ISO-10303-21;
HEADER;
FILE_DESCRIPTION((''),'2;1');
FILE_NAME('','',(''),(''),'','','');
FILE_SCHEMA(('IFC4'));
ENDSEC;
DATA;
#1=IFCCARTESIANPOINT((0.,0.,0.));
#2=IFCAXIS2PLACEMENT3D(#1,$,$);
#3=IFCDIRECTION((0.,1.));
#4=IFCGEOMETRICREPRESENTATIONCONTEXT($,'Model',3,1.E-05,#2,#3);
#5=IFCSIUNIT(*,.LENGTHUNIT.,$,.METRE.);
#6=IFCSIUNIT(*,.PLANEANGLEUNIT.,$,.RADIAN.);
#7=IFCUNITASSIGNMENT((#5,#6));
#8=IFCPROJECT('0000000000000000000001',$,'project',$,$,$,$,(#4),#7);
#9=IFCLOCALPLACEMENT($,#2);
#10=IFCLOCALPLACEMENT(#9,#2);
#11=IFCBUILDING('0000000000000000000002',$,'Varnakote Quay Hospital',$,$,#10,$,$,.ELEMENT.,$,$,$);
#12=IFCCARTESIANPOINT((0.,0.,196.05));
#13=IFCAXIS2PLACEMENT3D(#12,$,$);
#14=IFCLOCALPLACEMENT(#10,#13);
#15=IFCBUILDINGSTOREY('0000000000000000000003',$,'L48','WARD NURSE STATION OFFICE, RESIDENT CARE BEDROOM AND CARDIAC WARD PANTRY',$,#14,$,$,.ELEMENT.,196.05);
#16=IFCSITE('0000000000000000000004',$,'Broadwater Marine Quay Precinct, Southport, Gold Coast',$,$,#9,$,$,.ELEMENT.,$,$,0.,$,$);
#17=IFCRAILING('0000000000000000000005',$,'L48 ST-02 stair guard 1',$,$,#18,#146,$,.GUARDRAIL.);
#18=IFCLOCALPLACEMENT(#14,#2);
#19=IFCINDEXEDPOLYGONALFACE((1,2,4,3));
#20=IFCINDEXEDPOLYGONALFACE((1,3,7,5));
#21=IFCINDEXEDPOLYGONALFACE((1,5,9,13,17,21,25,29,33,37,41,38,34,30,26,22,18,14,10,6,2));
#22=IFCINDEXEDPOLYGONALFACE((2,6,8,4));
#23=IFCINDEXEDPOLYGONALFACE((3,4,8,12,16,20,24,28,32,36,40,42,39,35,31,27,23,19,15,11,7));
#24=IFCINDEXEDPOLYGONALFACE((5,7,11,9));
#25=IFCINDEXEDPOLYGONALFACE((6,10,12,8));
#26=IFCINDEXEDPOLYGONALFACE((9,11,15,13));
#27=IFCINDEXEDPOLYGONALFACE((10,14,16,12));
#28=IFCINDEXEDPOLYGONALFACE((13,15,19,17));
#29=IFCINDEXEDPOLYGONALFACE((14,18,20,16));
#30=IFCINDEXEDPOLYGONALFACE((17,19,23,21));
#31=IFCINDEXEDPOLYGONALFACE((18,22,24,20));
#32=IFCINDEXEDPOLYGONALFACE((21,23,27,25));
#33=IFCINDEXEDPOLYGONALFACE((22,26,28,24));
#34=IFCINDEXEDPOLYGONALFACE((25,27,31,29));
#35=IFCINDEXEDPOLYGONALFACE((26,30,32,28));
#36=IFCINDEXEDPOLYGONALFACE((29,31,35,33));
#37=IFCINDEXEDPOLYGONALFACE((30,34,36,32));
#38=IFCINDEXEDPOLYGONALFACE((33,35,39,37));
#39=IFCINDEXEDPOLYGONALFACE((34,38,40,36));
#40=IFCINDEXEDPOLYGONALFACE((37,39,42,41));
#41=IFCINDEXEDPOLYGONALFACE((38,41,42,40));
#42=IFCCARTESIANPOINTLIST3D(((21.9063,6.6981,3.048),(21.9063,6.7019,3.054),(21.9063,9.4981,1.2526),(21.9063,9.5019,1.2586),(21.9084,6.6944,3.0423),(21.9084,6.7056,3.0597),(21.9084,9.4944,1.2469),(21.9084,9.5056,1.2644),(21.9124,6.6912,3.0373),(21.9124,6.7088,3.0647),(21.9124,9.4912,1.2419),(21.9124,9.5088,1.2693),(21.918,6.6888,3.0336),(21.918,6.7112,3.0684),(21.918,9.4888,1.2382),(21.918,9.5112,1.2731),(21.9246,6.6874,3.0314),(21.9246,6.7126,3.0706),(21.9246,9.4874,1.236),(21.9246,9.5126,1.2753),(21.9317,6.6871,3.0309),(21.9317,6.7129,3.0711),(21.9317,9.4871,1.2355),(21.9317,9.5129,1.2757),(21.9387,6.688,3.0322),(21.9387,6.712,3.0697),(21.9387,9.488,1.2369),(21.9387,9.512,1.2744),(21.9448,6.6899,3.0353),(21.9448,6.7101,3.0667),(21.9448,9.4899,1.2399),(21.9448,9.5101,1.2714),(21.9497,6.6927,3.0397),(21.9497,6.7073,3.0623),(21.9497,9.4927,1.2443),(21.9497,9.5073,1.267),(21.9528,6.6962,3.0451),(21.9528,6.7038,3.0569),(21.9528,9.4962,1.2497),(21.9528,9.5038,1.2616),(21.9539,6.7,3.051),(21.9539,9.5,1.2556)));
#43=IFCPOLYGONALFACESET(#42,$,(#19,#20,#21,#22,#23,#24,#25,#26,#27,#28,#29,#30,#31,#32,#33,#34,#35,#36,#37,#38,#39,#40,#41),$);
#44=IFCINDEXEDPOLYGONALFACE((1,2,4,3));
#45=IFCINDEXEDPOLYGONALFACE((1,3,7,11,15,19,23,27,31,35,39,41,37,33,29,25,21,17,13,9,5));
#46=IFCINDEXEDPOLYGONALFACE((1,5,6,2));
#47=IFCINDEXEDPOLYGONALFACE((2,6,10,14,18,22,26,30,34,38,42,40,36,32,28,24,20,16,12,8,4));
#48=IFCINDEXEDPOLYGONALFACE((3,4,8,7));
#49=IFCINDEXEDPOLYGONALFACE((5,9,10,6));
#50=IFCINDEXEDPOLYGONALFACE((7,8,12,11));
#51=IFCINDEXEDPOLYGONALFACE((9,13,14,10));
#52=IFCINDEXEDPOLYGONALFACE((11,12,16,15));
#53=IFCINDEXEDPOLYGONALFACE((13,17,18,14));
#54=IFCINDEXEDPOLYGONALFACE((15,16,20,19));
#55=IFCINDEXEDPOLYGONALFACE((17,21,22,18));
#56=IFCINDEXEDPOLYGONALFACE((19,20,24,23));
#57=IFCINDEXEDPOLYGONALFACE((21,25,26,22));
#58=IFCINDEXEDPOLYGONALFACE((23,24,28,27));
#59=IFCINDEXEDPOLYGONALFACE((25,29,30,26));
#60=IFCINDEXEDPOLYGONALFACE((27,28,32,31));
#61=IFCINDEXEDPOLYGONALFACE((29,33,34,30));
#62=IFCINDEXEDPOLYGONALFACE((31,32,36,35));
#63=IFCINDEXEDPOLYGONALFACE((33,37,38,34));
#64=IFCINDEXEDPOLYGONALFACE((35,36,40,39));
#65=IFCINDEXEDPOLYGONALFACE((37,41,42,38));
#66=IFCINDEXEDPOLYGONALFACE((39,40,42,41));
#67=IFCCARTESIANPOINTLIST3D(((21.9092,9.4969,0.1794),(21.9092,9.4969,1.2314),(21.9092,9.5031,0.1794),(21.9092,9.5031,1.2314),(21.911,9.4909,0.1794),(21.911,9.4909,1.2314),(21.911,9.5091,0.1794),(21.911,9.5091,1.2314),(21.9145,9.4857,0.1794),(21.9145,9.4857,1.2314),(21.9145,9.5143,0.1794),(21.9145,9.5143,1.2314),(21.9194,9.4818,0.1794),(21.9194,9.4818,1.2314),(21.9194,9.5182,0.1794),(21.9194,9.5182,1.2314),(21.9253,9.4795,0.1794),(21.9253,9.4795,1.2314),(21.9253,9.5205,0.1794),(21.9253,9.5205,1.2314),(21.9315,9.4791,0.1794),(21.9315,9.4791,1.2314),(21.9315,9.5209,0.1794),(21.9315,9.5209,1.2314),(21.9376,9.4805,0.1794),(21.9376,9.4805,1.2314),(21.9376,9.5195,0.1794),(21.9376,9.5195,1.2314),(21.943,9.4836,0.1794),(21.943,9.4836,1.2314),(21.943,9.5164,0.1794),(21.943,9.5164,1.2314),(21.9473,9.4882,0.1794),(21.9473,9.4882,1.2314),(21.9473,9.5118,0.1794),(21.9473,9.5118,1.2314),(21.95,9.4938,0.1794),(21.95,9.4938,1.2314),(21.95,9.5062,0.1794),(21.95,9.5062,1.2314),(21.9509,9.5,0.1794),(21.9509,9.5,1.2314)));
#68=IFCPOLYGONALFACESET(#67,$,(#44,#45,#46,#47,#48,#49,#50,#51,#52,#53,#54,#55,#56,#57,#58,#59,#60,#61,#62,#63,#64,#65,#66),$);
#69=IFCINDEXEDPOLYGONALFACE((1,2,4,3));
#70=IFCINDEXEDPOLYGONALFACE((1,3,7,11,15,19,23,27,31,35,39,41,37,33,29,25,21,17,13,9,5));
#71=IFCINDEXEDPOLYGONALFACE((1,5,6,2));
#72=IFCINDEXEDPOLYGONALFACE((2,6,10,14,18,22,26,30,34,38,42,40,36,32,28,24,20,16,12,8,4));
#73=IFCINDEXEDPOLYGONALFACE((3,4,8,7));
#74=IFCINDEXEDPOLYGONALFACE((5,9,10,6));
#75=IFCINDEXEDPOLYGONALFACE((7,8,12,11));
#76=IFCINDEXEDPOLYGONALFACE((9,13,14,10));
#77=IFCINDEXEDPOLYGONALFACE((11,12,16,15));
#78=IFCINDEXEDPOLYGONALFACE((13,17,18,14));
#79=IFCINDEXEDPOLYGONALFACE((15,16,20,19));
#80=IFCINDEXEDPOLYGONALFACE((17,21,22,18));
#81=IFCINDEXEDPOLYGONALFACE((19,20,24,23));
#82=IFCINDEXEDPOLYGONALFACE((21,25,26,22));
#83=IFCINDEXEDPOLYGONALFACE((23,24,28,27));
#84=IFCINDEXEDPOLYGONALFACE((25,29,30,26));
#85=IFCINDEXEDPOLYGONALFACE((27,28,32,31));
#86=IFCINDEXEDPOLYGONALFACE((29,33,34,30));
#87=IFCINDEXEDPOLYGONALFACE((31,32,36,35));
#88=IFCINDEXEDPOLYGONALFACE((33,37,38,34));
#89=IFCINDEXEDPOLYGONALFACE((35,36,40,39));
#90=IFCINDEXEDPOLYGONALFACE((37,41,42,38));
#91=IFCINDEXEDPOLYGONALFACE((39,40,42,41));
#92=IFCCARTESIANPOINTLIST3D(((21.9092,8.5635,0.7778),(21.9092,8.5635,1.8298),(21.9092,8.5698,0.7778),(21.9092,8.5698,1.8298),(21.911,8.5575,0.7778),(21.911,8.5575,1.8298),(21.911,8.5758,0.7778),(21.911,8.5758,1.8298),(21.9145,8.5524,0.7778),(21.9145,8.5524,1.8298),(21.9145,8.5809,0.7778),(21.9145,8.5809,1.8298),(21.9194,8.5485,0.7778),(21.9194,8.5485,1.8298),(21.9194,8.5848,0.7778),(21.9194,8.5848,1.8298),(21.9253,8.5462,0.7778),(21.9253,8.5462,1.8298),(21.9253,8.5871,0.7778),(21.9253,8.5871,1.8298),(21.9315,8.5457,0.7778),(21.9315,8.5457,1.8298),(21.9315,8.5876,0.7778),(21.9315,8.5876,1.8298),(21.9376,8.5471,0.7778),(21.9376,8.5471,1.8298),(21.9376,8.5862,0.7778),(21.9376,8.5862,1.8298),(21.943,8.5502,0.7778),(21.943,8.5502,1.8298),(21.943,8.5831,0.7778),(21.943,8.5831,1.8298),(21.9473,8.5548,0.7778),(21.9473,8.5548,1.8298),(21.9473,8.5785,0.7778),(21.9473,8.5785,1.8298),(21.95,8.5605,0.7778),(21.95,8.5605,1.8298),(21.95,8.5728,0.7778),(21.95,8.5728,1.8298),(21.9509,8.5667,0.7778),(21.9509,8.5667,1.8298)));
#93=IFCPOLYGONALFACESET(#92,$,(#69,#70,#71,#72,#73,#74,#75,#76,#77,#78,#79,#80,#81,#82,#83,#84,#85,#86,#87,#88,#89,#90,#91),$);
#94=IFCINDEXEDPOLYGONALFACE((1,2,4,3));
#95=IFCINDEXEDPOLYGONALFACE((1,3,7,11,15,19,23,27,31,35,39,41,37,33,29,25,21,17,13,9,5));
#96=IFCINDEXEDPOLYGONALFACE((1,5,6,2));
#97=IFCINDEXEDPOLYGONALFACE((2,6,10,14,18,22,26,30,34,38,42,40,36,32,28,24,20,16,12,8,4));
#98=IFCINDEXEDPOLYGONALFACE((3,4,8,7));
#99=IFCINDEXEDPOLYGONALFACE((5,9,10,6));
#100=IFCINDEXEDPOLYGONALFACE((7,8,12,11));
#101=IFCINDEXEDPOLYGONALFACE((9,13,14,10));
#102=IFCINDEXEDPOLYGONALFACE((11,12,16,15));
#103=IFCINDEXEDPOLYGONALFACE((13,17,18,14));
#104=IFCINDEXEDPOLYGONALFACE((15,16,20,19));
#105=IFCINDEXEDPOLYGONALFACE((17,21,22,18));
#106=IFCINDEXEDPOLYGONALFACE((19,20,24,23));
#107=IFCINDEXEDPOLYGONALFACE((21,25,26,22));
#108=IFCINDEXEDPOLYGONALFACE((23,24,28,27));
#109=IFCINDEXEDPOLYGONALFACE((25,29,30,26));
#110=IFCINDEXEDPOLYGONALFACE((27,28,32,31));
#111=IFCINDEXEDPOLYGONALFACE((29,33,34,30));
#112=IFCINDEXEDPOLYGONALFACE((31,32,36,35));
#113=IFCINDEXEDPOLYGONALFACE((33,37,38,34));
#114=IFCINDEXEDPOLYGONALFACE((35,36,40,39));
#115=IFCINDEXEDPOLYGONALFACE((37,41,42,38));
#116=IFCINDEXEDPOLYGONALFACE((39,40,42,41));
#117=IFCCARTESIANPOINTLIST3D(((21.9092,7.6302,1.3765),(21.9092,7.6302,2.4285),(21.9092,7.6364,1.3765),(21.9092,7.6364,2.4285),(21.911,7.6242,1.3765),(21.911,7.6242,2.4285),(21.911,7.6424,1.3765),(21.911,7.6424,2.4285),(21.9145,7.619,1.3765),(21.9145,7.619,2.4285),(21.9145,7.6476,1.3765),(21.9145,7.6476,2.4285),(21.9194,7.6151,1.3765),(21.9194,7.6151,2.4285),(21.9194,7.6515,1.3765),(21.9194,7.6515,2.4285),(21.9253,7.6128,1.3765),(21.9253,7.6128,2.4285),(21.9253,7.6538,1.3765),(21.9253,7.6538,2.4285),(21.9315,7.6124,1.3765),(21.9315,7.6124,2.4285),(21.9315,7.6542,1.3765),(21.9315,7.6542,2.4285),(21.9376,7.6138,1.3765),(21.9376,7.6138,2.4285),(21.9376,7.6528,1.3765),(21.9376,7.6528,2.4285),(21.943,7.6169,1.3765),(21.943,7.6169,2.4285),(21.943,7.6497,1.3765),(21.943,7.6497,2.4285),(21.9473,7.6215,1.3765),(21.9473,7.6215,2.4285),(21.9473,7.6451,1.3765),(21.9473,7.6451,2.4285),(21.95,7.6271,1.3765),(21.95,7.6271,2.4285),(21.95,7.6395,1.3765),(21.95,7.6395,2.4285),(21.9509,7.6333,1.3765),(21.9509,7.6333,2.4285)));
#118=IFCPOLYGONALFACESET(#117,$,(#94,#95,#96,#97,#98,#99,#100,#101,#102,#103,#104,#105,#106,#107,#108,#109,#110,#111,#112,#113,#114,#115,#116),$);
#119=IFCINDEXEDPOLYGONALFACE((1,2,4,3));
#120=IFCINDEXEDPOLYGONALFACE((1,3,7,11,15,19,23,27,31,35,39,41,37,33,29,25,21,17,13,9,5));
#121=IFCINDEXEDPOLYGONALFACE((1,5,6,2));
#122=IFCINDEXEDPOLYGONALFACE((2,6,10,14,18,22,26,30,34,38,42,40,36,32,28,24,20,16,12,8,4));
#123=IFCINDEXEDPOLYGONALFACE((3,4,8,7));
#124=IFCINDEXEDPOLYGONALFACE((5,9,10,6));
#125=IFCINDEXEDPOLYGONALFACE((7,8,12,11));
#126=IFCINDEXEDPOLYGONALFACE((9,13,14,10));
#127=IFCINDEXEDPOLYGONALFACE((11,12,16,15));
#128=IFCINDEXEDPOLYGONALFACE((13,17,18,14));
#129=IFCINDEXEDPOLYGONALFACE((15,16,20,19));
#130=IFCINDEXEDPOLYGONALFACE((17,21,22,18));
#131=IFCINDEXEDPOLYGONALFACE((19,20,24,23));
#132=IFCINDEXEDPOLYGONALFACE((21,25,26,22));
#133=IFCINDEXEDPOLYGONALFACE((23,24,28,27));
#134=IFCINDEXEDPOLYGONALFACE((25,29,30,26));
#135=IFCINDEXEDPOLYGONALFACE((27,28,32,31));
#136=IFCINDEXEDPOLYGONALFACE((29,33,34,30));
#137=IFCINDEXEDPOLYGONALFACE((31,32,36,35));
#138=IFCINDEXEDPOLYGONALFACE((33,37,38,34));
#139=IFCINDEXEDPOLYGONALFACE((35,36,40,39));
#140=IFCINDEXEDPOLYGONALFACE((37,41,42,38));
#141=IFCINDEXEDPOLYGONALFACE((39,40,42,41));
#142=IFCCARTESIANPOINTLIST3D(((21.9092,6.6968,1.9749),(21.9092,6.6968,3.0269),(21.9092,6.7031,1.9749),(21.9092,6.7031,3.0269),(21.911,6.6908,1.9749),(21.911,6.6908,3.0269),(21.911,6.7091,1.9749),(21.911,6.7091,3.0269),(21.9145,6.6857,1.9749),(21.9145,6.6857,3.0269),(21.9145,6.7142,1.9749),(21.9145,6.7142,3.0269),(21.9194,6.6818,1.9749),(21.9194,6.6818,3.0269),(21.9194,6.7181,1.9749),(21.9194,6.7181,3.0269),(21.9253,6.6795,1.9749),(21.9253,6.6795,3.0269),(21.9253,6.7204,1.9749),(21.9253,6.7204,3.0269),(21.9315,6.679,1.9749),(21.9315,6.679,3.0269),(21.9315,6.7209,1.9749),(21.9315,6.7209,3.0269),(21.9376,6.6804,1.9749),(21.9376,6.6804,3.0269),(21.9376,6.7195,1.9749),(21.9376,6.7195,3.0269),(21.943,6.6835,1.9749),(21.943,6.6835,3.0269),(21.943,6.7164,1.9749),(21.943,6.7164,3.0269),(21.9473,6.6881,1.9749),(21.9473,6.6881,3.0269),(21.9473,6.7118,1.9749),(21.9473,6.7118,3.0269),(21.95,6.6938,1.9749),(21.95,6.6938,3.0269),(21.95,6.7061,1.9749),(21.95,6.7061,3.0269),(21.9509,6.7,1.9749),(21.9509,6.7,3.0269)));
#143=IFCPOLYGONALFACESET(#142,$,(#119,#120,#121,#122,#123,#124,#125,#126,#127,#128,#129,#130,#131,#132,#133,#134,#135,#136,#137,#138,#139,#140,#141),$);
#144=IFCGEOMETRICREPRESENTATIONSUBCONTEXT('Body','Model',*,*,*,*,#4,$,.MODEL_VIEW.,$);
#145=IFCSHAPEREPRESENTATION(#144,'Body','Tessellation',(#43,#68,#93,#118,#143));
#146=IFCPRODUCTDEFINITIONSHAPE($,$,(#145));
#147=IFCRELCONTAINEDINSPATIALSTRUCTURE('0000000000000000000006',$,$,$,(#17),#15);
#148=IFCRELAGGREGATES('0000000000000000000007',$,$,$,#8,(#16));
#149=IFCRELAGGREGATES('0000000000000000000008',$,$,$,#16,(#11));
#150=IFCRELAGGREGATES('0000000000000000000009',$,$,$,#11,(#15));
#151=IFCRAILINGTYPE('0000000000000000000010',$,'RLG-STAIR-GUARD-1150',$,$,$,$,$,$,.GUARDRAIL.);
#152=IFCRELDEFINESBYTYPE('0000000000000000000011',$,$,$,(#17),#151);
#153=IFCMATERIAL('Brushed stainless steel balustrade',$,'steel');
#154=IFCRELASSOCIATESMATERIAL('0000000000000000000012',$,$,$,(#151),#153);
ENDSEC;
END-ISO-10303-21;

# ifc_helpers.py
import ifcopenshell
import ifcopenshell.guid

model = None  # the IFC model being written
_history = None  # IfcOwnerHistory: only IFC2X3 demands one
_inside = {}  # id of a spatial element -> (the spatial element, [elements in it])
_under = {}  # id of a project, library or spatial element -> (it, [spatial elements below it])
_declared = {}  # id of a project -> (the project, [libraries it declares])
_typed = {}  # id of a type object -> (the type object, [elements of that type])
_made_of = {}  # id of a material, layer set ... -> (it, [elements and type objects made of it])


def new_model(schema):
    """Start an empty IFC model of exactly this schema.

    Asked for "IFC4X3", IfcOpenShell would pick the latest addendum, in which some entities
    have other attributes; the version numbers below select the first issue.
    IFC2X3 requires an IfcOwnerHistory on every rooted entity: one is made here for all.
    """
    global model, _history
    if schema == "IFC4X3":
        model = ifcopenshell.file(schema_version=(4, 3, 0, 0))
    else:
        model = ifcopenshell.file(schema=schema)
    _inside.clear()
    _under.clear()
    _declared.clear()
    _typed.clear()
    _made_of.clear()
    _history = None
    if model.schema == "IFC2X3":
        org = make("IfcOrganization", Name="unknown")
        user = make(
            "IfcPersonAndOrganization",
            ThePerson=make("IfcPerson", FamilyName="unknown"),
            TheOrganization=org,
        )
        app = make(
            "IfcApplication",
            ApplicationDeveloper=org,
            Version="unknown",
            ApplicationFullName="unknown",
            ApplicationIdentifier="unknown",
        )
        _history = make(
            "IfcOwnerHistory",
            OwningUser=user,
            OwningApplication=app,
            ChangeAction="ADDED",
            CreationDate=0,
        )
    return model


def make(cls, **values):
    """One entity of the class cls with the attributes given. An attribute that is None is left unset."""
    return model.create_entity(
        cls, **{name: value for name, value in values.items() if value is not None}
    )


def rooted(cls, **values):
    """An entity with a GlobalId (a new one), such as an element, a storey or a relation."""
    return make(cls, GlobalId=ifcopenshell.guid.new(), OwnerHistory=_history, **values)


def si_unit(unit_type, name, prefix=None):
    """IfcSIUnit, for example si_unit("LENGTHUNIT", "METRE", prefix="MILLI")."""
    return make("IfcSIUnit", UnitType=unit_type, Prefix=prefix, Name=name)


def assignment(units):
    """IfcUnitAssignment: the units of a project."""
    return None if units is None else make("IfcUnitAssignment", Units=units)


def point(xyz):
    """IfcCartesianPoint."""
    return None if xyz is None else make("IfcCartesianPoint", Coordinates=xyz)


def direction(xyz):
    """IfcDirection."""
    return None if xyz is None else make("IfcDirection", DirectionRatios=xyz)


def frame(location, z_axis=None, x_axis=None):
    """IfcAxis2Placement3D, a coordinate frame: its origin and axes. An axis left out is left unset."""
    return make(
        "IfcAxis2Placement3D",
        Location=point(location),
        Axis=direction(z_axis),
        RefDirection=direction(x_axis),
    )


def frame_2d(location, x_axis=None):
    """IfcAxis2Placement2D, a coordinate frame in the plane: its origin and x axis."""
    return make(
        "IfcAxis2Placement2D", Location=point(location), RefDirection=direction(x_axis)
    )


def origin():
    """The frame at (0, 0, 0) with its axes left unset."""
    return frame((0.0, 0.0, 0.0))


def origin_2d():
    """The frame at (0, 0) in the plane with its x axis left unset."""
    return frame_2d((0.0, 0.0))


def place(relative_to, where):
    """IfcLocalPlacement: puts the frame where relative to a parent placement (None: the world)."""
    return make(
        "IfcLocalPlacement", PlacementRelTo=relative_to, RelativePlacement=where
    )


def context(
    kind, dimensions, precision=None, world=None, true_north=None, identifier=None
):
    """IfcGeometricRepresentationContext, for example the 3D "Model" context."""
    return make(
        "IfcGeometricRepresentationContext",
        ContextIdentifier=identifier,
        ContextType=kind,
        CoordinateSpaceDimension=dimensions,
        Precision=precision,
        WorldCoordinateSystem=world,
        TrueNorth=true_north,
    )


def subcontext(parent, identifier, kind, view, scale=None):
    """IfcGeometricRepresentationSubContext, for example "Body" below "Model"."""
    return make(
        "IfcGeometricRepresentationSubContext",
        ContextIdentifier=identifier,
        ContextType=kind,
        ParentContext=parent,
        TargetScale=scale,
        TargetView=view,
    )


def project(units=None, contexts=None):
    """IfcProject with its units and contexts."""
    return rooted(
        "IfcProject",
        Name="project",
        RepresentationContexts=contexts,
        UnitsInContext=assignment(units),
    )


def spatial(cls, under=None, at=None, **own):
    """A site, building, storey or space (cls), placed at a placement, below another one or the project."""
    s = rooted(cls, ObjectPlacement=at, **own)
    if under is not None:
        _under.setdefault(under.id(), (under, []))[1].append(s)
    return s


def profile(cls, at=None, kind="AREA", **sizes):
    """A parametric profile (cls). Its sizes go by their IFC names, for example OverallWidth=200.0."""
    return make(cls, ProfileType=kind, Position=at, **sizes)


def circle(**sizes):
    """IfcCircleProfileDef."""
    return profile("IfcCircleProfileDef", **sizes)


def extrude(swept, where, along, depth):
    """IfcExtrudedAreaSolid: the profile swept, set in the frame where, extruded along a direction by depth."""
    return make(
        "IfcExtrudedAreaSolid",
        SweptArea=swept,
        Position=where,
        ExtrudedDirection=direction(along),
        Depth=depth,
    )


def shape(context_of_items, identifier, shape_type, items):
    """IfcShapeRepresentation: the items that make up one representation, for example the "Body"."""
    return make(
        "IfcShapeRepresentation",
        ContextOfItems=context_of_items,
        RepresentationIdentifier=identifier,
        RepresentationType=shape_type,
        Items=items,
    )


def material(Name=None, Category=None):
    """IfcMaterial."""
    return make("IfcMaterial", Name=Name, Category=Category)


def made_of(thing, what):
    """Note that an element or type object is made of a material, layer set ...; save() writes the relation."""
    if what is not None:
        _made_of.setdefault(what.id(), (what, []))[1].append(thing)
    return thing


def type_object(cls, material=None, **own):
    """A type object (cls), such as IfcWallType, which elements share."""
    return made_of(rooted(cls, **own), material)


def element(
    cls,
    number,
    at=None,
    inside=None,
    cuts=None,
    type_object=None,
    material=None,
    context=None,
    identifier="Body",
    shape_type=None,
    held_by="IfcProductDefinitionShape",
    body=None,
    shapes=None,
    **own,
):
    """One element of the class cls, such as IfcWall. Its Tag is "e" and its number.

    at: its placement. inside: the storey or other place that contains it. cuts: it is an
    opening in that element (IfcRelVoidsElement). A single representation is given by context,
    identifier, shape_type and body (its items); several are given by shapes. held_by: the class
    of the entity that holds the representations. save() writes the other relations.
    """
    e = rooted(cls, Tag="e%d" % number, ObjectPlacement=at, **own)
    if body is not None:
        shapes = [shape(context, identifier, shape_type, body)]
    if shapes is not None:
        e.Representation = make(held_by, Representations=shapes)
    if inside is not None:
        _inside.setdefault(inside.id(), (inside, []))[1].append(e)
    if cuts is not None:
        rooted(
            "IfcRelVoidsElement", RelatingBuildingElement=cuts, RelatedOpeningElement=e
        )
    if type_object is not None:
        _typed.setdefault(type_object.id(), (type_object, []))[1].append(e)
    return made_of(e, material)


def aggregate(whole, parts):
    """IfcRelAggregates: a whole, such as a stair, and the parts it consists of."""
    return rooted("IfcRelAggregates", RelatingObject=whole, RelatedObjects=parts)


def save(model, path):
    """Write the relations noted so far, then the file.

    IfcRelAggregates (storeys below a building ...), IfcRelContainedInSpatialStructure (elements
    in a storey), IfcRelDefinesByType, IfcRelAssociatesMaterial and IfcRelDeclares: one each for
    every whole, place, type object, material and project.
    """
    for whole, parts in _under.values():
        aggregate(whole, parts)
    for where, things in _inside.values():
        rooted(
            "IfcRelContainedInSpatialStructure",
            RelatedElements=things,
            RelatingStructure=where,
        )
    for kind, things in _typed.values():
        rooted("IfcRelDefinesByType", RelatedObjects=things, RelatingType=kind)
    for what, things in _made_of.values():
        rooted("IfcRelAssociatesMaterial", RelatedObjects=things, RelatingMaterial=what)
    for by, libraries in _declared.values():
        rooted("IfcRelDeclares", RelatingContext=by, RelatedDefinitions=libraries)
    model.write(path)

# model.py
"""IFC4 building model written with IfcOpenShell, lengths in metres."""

from ifc_helpers import new_model, si_unit, direction, frame, origin, origin_2d, place, context, subcontext, project, spatial, circle, extrude, material, type_object, element, save


model = new_model("IFC4")

# Units and contexts
model_context = context("Model", 3, precision=1e-05, world=origin(), true_north=direction((0.0, 1.0)))
body_context = subcontext(model_context, "Body", "Model", "MODEL_VIEW")
ifc_project = project(units=[si_unit("LENGTHUNIT", "METRE"), si_unit("PLANEANGLEUNIT", "RADIAN")], contexts=[model_context])

# Site, building, storey
site_placement = place(None, origin())
site = spatial("IfcSite", under=ifc_project, at=site_placement, Name="Broadwater Marine Quay Precinct, Southport, Gold Coast", CompositionType="ELEMENT", RefElevation=0.0)
building_placement = place(site_placement, origin())
building = spatial("IfcBuilding", under=site, at=building_placement, Name="Varnakote Quay Hospital", CompositionType="ELEMENT")
storey_placement = place(building_placement, frame((0.0, 0.0, 196.05)))
storey = spatial("IfcBuildingStorey", under=building, at=storey_placement, Name="L48", Description="WARD NURSE STATION OFFICE, RESIDENT CARE BEDROOM AND CARDIAC WARD PANTRY", CompositionType="ELEMENT", Elevation=196.05)

# Railing
ifc_material_1 = material(Name="Brushed stainless steel balustrade", Category="steel")
railing_type_1 = type_object("IfcRailingType", Name="RLG-STAIR-GUARD-1150", PredefinedType="GUARDRAIL", material=ifc_material_1)
railing_1_placement = place(storey_placement, frame((21.9299, 9.5, 0.1794)))
element("IfcRailing", 1, at=railing_1_placement, inside=storey, type_object=railing_type_1, Name="L48 ST-02 stair guard 1", PredefinedType="GUARDRAIL", context=body_context, shape_type="SweptSolid", body=[
    extrude(circle(Radius=0.0239, at=origin_2d()), frame((0.0, 0.0, 1.0762), z_axis=(0.0, -0.84181, 0.539774), x_axis=(1.0, 0.0, 0.0)), (0.0, 0.0, 1.0), 3.3262),
    extrude(circle(Radius=0.021, at=origin_2d()), origin(), (0.0, 0.0, 1.0), 1.052),
    extrude(circle(Radius=0.021, at=origin_2d()), frame((0.0, -0.9333, 0.5984)), (0.0, 0.0, 1.0), 1.052),
    extrude(circle(Radius=0.021, at=origin_2d()), frame((0.0, -1.8667, 1.197)), (0.0, 0.0, 1.0), 1.052),
    extrude(circle(Radius=0.021, at=origin_2d()), frame((0.0, -2.8, 1.7954)), (0.0, 0.0, 1.0), 1.052),
])

save(model, "model.ifc")
